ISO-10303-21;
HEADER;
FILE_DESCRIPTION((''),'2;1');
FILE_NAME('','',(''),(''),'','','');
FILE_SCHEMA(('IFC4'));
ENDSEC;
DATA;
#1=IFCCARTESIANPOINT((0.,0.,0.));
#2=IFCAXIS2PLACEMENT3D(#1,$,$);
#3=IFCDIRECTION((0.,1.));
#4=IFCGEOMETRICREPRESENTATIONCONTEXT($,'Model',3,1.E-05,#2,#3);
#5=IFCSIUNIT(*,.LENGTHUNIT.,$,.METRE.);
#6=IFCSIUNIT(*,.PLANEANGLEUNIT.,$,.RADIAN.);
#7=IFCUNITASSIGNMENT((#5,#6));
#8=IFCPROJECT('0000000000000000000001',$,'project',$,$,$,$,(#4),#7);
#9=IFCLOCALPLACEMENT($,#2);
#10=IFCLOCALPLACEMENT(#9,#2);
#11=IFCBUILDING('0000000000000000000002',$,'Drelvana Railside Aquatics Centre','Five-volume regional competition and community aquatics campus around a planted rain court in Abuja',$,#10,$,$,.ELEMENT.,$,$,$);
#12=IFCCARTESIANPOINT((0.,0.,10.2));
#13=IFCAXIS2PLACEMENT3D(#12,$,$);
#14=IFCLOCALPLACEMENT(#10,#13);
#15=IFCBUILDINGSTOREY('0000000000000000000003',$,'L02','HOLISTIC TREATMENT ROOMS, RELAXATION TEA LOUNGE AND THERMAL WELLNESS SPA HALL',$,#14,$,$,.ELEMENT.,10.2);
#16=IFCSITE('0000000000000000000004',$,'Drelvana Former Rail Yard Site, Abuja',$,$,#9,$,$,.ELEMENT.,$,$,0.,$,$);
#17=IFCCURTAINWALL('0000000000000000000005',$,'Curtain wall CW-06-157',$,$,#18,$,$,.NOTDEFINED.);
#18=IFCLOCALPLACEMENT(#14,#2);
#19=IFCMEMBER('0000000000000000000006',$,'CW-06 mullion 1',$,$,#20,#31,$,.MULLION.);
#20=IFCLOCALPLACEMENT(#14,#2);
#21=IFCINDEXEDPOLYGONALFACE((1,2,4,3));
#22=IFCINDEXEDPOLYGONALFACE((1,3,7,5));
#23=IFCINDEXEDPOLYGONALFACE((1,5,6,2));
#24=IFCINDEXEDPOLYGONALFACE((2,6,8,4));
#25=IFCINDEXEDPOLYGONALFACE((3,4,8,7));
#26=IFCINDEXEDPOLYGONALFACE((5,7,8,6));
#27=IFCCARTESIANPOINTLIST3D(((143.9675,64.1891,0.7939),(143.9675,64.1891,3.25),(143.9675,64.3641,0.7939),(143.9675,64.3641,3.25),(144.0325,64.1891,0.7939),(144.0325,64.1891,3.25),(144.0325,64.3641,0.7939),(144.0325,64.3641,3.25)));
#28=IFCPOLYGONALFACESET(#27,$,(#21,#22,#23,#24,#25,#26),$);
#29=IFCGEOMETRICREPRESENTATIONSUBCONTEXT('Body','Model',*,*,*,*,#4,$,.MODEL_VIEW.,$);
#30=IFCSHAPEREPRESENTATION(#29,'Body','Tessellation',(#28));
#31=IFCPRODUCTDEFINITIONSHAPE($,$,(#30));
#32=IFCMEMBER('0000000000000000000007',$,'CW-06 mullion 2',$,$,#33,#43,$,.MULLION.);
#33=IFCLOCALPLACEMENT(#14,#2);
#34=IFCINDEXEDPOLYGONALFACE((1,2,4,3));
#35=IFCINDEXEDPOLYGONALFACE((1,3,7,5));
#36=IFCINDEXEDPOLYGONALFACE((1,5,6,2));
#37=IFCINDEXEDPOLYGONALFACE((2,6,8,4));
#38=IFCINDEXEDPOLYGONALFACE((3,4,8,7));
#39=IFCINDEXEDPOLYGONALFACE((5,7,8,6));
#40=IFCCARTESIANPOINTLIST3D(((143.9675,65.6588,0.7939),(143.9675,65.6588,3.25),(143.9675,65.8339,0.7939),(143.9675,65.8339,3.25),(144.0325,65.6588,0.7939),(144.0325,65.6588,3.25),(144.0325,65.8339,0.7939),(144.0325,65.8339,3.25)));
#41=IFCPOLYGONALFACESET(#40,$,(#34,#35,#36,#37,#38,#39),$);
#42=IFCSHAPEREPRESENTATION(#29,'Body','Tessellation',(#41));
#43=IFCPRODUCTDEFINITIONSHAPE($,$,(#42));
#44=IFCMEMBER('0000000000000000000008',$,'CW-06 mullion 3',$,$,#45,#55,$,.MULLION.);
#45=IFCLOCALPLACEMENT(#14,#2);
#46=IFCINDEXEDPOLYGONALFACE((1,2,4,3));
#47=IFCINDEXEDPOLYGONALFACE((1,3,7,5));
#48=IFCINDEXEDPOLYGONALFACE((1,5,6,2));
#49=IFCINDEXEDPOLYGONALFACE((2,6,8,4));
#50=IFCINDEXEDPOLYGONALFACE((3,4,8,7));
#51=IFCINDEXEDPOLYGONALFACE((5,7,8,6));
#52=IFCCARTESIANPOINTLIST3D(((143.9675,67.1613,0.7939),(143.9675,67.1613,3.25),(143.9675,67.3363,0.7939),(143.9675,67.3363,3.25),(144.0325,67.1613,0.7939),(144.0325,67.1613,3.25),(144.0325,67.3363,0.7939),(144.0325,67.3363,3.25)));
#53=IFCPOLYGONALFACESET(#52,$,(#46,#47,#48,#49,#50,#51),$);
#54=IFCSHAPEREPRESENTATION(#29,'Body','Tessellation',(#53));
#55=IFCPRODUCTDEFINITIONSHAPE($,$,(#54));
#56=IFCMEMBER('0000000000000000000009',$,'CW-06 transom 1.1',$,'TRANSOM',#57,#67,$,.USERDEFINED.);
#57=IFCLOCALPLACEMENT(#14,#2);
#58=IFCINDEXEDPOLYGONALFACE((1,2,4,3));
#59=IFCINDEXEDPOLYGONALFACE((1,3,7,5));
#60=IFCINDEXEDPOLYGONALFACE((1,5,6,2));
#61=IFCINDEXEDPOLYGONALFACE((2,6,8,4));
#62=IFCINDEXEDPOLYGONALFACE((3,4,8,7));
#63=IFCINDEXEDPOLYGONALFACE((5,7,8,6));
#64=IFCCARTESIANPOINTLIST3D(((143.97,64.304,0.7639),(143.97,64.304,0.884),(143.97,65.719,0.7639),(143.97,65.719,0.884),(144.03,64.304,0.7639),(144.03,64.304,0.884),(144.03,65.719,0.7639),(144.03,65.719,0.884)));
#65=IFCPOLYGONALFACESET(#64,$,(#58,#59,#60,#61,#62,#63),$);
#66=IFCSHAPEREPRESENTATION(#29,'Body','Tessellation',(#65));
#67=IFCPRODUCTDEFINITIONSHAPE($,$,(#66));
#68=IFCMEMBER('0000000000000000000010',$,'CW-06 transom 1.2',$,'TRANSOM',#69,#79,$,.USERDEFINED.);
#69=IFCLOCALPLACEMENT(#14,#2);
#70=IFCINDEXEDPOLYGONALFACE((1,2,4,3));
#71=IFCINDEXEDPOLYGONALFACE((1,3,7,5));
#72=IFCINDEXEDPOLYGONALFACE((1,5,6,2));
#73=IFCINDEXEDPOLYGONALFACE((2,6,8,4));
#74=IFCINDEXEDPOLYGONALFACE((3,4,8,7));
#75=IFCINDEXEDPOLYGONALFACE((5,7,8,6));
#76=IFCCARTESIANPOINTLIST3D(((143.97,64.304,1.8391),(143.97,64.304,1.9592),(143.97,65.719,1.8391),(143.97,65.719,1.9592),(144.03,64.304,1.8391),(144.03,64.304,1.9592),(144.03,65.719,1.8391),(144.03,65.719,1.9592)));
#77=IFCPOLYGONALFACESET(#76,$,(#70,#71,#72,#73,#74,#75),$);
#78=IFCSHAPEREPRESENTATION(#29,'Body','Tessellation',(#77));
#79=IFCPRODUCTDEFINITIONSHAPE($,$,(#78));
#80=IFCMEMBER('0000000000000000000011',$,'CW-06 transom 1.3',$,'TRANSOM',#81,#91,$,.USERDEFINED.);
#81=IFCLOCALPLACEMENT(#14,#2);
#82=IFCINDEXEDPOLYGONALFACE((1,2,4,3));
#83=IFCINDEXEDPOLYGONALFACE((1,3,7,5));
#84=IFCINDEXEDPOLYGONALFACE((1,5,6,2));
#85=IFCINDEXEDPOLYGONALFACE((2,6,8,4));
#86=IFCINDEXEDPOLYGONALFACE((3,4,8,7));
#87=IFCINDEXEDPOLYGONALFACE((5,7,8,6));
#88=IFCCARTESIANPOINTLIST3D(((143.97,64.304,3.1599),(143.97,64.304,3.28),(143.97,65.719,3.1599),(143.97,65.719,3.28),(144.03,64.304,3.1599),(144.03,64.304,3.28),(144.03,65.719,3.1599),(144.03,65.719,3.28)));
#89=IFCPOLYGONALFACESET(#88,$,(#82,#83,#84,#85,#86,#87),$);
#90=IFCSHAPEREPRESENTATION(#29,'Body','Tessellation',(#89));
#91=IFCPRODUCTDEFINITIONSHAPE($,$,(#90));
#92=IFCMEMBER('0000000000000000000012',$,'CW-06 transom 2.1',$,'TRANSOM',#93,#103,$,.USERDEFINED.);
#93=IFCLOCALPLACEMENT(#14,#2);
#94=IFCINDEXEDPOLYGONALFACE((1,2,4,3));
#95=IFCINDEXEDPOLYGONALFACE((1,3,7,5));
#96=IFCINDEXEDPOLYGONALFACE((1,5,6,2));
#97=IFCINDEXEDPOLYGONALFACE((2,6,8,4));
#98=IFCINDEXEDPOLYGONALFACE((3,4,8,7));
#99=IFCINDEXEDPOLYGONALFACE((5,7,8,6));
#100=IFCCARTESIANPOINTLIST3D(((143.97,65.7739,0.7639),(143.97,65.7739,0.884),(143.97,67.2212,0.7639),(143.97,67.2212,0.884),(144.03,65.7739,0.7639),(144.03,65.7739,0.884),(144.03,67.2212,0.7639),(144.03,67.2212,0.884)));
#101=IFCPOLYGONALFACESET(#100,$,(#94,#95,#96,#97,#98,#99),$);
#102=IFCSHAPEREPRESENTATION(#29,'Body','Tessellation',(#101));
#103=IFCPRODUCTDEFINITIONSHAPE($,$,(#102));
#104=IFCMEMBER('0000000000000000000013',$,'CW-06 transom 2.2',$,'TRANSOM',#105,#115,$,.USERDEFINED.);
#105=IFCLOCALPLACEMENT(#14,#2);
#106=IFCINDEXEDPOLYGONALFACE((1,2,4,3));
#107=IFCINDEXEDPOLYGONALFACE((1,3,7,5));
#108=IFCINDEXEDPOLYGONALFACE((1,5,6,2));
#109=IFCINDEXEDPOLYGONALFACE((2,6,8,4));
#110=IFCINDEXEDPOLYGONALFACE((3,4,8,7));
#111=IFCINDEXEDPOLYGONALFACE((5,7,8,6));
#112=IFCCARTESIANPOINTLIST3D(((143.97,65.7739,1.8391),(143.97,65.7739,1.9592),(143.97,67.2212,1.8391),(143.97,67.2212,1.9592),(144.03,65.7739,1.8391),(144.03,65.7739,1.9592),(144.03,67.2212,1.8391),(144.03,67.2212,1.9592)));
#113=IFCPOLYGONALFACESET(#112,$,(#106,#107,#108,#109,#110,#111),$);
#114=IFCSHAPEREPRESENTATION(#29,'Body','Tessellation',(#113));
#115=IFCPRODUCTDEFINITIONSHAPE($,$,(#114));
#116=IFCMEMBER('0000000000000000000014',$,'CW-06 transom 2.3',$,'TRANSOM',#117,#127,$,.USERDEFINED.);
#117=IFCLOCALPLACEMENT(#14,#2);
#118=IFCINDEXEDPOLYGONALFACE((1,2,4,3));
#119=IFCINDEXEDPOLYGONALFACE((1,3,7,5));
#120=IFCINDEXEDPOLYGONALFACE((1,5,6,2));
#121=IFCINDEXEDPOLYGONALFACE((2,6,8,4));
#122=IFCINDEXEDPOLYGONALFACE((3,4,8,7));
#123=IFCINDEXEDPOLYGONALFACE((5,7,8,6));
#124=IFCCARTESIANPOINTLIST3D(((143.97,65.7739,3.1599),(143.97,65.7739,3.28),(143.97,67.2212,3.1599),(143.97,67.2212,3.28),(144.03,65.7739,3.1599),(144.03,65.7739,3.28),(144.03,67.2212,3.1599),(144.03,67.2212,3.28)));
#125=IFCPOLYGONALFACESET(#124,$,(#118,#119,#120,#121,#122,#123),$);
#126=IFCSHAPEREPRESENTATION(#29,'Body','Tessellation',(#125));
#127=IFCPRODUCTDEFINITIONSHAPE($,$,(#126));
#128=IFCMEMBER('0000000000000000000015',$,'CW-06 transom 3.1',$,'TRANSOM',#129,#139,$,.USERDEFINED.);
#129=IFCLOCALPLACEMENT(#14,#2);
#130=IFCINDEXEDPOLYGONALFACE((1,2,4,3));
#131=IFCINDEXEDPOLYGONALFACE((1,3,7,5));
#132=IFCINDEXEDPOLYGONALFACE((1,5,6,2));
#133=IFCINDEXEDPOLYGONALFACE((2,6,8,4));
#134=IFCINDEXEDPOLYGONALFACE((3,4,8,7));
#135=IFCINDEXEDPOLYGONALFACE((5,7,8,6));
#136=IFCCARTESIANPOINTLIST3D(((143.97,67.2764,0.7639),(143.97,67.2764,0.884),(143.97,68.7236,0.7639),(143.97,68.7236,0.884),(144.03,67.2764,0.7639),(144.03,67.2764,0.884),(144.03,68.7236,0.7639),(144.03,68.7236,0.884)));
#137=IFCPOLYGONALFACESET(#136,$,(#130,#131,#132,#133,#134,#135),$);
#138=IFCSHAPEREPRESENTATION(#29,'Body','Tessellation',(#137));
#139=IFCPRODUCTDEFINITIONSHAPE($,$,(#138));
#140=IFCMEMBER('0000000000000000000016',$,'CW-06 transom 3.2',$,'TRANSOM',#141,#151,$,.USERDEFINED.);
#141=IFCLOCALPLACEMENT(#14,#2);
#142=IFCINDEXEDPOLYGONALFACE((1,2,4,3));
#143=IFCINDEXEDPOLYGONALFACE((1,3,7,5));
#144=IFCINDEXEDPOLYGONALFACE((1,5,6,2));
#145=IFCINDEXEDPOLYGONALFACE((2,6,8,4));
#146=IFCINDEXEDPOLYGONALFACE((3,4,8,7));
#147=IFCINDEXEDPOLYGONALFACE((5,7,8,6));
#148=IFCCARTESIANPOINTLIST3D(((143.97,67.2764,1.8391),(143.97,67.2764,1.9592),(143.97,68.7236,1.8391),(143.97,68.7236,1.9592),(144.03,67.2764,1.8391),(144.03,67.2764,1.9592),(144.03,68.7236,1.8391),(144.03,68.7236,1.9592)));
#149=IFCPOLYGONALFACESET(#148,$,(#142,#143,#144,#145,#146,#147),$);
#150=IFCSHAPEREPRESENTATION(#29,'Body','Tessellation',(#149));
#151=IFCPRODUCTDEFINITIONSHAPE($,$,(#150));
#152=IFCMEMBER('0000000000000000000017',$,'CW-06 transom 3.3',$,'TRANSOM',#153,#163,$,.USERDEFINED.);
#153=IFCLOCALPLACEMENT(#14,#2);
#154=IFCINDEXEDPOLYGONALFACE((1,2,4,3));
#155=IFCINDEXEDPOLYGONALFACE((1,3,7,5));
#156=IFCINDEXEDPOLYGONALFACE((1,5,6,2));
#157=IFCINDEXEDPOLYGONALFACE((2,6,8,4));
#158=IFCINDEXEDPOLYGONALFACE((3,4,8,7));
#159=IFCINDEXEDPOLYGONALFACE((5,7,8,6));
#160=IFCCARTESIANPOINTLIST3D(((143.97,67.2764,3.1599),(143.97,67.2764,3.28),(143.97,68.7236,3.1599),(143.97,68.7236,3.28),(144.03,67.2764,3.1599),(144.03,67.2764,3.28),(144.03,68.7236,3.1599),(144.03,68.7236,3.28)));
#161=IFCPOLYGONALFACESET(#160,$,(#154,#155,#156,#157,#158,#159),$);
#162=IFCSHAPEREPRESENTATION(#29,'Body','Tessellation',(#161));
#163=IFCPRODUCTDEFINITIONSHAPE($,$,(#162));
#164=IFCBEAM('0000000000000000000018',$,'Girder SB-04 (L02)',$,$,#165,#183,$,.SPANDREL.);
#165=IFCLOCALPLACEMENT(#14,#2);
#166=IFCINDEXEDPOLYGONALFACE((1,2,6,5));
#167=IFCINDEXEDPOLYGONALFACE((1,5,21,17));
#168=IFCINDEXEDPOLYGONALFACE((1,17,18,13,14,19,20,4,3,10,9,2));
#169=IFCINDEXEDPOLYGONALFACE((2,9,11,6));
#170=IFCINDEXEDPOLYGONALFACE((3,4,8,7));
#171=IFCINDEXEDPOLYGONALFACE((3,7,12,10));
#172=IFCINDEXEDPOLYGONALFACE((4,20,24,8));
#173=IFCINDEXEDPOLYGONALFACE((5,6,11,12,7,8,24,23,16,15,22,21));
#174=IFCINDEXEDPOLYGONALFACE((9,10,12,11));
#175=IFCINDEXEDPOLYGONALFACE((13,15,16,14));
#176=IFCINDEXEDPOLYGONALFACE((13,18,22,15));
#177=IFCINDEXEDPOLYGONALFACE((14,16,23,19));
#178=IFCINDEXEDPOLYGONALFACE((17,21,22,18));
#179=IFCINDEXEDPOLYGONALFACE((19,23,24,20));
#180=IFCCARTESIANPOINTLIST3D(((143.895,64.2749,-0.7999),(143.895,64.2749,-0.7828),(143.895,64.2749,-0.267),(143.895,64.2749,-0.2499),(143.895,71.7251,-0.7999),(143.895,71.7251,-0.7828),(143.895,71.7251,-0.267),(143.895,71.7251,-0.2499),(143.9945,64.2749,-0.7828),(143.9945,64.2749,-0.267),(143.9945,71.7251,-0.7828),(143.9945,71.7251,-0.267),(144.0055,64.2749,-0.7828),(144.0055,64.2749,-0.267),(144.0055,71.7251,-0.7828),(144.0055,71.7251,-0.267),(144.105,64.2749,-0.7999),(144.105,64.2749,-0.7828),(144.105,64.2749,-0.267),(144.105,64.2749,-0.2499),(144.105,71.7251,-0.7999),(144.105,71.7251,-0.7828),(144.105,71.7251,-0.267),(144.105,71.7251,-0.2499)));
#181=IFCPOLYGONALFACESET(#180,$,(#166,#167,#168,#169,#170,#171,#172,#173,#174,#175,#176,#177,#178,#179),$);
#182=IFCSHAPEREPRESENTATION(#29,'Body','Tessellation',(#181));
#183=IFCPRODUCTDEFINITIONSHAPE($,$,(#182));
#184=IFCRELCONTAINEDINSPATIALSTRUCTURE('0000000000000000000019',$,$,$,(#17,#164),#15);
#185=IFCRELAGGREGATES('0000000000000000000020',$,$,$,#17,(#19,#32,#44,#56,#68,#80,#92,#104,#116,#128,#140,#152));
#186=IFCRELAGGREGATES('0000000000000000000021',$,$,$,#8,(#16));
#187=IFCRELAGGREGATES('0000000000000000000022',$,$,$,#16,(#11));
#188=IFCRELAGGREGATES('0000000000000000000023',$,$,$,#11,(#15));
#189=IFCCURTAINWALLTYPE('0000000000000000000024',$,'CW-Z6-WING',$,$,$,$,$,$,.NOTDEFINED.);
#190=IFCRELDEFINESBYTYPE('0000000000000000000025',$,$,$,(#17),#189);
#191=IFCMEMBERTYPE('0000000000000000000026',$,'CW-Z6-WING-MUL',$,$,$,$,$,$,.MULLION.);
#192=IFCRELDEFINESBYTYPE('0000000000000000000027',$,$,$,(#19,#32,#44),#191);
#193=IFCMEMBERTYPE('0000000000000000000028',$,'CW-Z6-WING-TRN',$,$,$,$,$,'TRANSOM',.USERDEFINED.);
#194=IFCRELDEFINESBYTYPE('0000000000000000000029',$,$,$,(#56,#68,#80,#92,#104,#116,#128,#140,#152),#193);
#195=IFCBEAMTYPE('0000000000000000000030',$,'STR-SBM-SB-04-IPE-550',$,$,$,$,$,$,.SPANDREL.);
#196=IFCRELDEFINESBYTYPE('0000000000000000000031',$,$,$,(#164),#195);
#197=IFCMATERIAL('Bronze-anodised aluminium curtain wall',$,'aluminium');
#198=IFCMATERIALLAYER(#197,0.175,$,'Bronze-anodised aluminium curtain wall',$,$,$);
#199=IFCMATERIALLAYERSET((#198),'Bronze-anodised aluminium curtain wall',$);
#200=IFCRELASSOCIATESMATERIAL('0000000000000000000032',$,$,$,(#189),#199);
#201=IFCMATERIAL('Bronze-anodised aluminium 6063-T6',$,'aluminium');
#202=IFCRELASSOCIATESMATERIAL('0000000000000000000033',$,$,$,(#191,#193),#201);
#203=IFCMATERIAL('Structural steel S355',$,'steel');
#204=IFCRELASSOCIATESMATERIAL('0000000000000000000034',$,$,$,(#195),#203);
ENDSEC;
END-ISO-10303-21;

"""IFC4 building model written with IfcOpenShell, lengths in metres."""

from ifc_helpers import new_model, si_unit, direction, frame, origin, origin_2d, place, context, subcontext, project, spatial, rectangle, i_section, extrude, material, layer, layer_set, material_profile, profile_set, type_object, element, aggregate, save


model = new_model("IFC4")

# Units and contexts
model_context = context("Model", 3, precision=1e-05, world=origin(), true_north=direction((0.0, 1.0)))
body_context = subcontext(model_context, "Body", "Model", "MODEL_VIEW")
ifc_project = project(units=[si_unit("LENGTHUNIT", "METRE"), si_unit("PLANEANGLEUNIT", "RADIAN")], contexts=[model_context])

# Site, building, storey
site_placement = place(None, origin())
site = spatial("IfcSite", under=ifc_project, at=site_placement, Name="Drelvana Former Rail Yard Site, Abuja", CompositionType="ELEMENT", RefElevation=0.0)
building_placement = place(site_placement, origin())
building = spatial("IfcBuilding", under=site, at=building_placement, Name="Drelvana Railside Aquatics Centre", Description="Five-volume regional competition and community aquatics campus around a planted rain court in Abuja", CompositionType="ELEMENT")
storey_placement = place(building_placement, frame((0.0, 0.0, 10.2)))
storey = spatial("IfcBuildingStorey", under=building, at=storey_placement, Name="L02", Description="HOLISTIC TREATMENT ROOMS, RELAXATION TEA LOUNGE AND THERMAL WELLNESS SPA HALL", CompositionType="ELEMENT", Elevation=10.2)

# Curtain wall, members
ifc_material_1 = material(Name="Bronze-anodised aluminium curtain wall", Category="aluminium")
ifc_layer_1 = layer(ifc_material_1, 0.175, Name="Bronze-anodised aluminium curtain wall")
ifc_layer_set_1 = layer_set([ifc_layer_1], Name="Bronze-anodised aluminium curtain wall")
curtain_wall_type = type_object("IfcCurtainWallType", Name="CW-Z6-WING", PredefinedType="NOTDEFINED", material=ifc_layer_set_1)
curtain_wall_placement = place(storey_placement, origin())
curtain_wall = element("IfcCurtainWall", 1, at=curtain_wall_placement, inside=storey, type_object=curtain_wall_type, Name="Curtain wall CW-06-157", PredefinedType="NOTDEFINED")
ifc_material_2 = material(Name="Bronze-anodised aluminium 6063-T6", Category="aluminium")
ifc_material_profile_1 = material_profile(ifc_material_2, rectangle(XDim=0.0649, YDim=0.175, at=origin_2d()), Name="ALU-M 65x175")
ifc_profile_set_1 = profile_set([ifc_material_profile_1], Name="Bronze-anodised aluminium 6063-T6")
member_type_1 = type_object("IfcMemberType", Name="CW-Z6-WING-MUL", PredefinedType="MULLION", material=ifc_profile_set_1)
member_1_placement = place(storey_placement, frame((144.0, 64.2766, 0.7939), z_axis=(0.0, 0.0, 1.0), x_axis=(-1.0, 0.0, 0.0)))
member_1 = element("IfcMember", 2, at=member_1_placement, type_object=member_type_1, Name="CW-06 mullion 1", PredefinedType="MULLION", context=body_context, shape_type="SweptSolid", body=[
    extrude(rectangle(XDim=0.0649, YDim=0.175, at=origin_2d()), origin(), (0.0, 0.0, 1.0), 2.4561),
])
member_2_placement = place(storey_placement, frame((144.0, 65.7463, 0.7939), z_axis=(0.0, 0.0, 1.0), x_axis=(-1.0, 0.0, 0.0)))
member_2 = element("IfcMember", 3, at=member_2_placement, type_object=member_type_1, Name="CW-06 mullion 2", PredefinedType="MULLION", context=body_context, shape_type="SweptSolid", body=[
    extrude(rectangle(XDim=0.0649, YDim=0.175, at=origin_2d()), origin(), (0.0, 0.0, 1.0), 2.4561),
])
member_3_placement = place(storey_placement, frame((144.0, 67.2488, 0.7939), z_axis=(0.0, 0.0, 1.0), x_axis=(-1.0, 0.0, 0.0)))
member_3 = element("IfcMember", 4, at=member_3_placement, type_object=member_type_1, Name="CW-06 mullion 3", PredefinedType="MULLION", context=body_context, shape_type="SweptSolid", body=[
    extrude(rectangle(XDim=0.0649, YDim=0.175, at=origin_2d()), origin(), (0.0, 0.0, 1.0), 2.4561),
])
ifc_material_profile_2 = material_profile(ifc_material_2, rectangle(XDim=0.1201, YDim=0.0601, at=origin_2d()), Name="ALU-T 60x120")
ifc_profile_set_2 = profile_set([ifc_material_profile_2], Name="Bronze-anodised aluminium 6063-T6")
member_type_2 = type_object("IfcMemberType", Name="CW-Z6-WING-TRN", ElementType="TRANSOM", PredefinedType="USERDEFINED", material=ifc_profile_set_2)
member_4_placement = place(storey_placement, frame((144.0, 64.304, 0.824), z_axis=(0.0, 1.0, 0.0), x_axis=(0.0, 0.0, 1.0)))
member_4 = element("IfcMember", 5, at=member_4_placement, type_object=member_type_2, Name="CW-06 transom 1.1", ObjectType="TRANSOM", PredefinedType="USERDEFINED", context=body_context, shape_type="SweptSolid", body=[
    extrude(rectangle(XDim=0.1201, YDim=0.0601, at=origin_2d()), origin(), (0.0, 0.0, 1.0), 1.415),
])
member_5_placement = place(storey_placement, frame((144.0, 64.304, 1.8992), z_axis=(0.0, 1.0, 0.0), x_axis=(0.0, 0.0, 1.0)))
member_5 = element("IfcMember", 6, at=member_5_placement, type_object=member_type_2, Name="CW-06 transom 1.2", ObjectType="TRANSOM", PredefinedType="USERDEFINED", context=body_context, shape_type="SweptSolid", body=[
    extrude(rectangle(XDim=0.1201, YDim=0.0601, at=origin_2d()), origin(), (0.0, 0.0, 1.0), 1.415),
])
member_6_placement = place(storey_placement, frame((144.0, 64.304, 3.22), z_axis=(0.0, 1.0, 0.0), x_axis=(0.0, 0.0, 1.0)))
member_6 = element("IfcMember", 7, at=member_6_placement, type_object=member_type_2, Name="CW-06 transom 1.3", ObjectType="TRANSOM", PredefinedType="USERDEFINED", context=body_context, shape_type="SweptSolid", body=[
    extrude(rectangle(XDim=0.1201, YDim=0.0601, at=origin_2d()), origin(), (0.0, 0.0, 1.0), 1.415),
])
member_7_placement = place(storey_placement, frame((144.0, 65.7739, 0.824), z_axis=(0.0, 1.0, 0.0), x_axis=(0.0, 0.0, 1.0)))
member_7 = element("IfcMember", 8, at=member_7_placement, type_object=member_type_2, Name="CW-06 transom 2.1", ObjectType="TRANSOM", PredefinedType="USERDEFINED", context=body_context, shape_type="SweptSolid", body=[
    extrude(rectangle(XDim=0.1201, YDim=0.0601, at=origin_2d()), origin(), (0.0, 0.0, 1.0), 1.4473),
])
member_8_placement = place(storey_placement, frame((144.0, 65.7739, 1.8992), z_axis=(0.0, 1.0, 0.0), x_axis=(0.0, 0.0, 1.0)))
member_8 = element("IfcMember", 9, at=member_8_placement, type_object=member_type_2, Name="CW-06 transom 2.2", ObjectType="TRANSOM", PredefinedType="USERDEFINED", context=body_context, shape_type="SweptSolid", body=[
    extrude(rectangle(XDim=0.1201, YDim=0.0601, at=origin_2d()), origin(), (0.0, 0.0, 1.0), 1.4473),
])
member_9_placement = place(storey_placement, frame((144.0, 65.7739, 3.22), z_axis=(0.0, 1.0, 0.0), x_axis=(0.0, 0.0, 1.0)))
member_9 = element("IfcMember", 10, at=member_9_placement, type_object=member_type_2, Name="CW-06 transom 2.3", ObjectType="TRANSOM", PredefinedType="USERDEFINED", context=body_context, shape_type="SweptSolid", body=[
    extrude(rectangle(XDim=0.1201, YDim=0.0601, at=origin_2d()), origin(), (0.0, 0.0, 1.0), 1.4473),
])
member_10_placement = place(storey_placement, frame((144.0, 67.2764, 0.824), z_axis=(0.0, 1.0, 0.0), x_axis=(0.0, 0.0, 1.0)))
member_10 = element("IfcMember", 11, at=member_10_placement, type_object=member_type_2, Name="CW-06 transom 3.1", ObjectType="TRANSOM", PredefinedType="USERDEFINED", context=body_context, shape_type="SweptSolid", body=[
    extrude(rectangle(XDim=0.1201, YDim=0.0601, at=origin_2d()), origin(), (0.0, 0.0, 1.0), 1.4473),
])
member_11_placement = place(storey_placement, frame((144.0, 67.2764, 1.8992), z_axis=(0.0, 1.0, 0.0), x_axis=(0.0, 0.0, 1.0)))
member_11 = element("IfcMember", 12, at=member_11_placement, type_object=member_type_2, Name="CW-06 transom 3.2", ObjectType="TRANSOM", PredefinedType="USERDEFINED", context=body_context, shape_type="SweptSolid", body=[
    extrude(rectangle(XDim=0.1201, YDim=0.0601, at=origin_2d()), origin(), (0.0, 0.0, 1.0), 1.4473),
])
member_12_placement = place(storey_placement, frame((144.0, 67.2764, 3.22), z_axis=(0.0, 1.0, 0.0), x_axis=(0.0, 0.0, 1.0)))
member_12 = element("IfcMember", 13, at=member_12_placement, type_object=member_type_2, Name="CW-06 transom 3.3", ObjectType="TRANSOM", PredefinedType="USERDEFINED", context=body_context, shape_type="SweptSolid", body=[
    extrude(rectangle(XDim=0.1201, YDim=0.0601, at=origin_2d()), origin(), (0.0, 0.0, 1.0), 1.4473),
])

# Beam
ifc_material_3 = material(Name="Structural steel S355", Category="steel")
ifc_material_profile_3 = material_profile(ifc_material_3, i_section(OverallWidth=0.21, OverallDepth=0.55, WebThickness=0.011, FlangeThickness=0.0171, at=origin_2d()), Name="IPE 550")
ifc_profile_set_3 = profile_set([ifc_material_profile_3], Name="Structural steel S355")
beam_type = type_object("IfcBeamType", Name="STR-SBM-SB-04-IPE-550", PredefinedType="SPANDREL", material=ifc_profile_set_3)
beam_placement = place(storey_placement, frame((144.0, 64.2749, -0.5249), z_axis=(0.0, 1.0, 0.0), x_axis=(-1.0, 0.0, 0.0)))
element("IfcBeam", 14, at=beam_placement, inside=storey, type_object=beam_type, Name="Girder SB-04 (L02)", PredefinedType="SPANDREL", context=body_context, shape_type="SweptSolid", body=[
    extrude(i_section(OverallWidth=0.21, OverallDepth=0.55, WebThickness=0.011, FlangeThickness=0.0171, at=origin_2d()), origin(), (0.0, 0.0, 1.0), 7.4502),
])

aggregate(curtain_wall, [member_1, member_2, member_3, member_4, member_5, member_6, member_7, member_8, member_9, member_10, member_11, member_12])

save(model, "model.ifc")
